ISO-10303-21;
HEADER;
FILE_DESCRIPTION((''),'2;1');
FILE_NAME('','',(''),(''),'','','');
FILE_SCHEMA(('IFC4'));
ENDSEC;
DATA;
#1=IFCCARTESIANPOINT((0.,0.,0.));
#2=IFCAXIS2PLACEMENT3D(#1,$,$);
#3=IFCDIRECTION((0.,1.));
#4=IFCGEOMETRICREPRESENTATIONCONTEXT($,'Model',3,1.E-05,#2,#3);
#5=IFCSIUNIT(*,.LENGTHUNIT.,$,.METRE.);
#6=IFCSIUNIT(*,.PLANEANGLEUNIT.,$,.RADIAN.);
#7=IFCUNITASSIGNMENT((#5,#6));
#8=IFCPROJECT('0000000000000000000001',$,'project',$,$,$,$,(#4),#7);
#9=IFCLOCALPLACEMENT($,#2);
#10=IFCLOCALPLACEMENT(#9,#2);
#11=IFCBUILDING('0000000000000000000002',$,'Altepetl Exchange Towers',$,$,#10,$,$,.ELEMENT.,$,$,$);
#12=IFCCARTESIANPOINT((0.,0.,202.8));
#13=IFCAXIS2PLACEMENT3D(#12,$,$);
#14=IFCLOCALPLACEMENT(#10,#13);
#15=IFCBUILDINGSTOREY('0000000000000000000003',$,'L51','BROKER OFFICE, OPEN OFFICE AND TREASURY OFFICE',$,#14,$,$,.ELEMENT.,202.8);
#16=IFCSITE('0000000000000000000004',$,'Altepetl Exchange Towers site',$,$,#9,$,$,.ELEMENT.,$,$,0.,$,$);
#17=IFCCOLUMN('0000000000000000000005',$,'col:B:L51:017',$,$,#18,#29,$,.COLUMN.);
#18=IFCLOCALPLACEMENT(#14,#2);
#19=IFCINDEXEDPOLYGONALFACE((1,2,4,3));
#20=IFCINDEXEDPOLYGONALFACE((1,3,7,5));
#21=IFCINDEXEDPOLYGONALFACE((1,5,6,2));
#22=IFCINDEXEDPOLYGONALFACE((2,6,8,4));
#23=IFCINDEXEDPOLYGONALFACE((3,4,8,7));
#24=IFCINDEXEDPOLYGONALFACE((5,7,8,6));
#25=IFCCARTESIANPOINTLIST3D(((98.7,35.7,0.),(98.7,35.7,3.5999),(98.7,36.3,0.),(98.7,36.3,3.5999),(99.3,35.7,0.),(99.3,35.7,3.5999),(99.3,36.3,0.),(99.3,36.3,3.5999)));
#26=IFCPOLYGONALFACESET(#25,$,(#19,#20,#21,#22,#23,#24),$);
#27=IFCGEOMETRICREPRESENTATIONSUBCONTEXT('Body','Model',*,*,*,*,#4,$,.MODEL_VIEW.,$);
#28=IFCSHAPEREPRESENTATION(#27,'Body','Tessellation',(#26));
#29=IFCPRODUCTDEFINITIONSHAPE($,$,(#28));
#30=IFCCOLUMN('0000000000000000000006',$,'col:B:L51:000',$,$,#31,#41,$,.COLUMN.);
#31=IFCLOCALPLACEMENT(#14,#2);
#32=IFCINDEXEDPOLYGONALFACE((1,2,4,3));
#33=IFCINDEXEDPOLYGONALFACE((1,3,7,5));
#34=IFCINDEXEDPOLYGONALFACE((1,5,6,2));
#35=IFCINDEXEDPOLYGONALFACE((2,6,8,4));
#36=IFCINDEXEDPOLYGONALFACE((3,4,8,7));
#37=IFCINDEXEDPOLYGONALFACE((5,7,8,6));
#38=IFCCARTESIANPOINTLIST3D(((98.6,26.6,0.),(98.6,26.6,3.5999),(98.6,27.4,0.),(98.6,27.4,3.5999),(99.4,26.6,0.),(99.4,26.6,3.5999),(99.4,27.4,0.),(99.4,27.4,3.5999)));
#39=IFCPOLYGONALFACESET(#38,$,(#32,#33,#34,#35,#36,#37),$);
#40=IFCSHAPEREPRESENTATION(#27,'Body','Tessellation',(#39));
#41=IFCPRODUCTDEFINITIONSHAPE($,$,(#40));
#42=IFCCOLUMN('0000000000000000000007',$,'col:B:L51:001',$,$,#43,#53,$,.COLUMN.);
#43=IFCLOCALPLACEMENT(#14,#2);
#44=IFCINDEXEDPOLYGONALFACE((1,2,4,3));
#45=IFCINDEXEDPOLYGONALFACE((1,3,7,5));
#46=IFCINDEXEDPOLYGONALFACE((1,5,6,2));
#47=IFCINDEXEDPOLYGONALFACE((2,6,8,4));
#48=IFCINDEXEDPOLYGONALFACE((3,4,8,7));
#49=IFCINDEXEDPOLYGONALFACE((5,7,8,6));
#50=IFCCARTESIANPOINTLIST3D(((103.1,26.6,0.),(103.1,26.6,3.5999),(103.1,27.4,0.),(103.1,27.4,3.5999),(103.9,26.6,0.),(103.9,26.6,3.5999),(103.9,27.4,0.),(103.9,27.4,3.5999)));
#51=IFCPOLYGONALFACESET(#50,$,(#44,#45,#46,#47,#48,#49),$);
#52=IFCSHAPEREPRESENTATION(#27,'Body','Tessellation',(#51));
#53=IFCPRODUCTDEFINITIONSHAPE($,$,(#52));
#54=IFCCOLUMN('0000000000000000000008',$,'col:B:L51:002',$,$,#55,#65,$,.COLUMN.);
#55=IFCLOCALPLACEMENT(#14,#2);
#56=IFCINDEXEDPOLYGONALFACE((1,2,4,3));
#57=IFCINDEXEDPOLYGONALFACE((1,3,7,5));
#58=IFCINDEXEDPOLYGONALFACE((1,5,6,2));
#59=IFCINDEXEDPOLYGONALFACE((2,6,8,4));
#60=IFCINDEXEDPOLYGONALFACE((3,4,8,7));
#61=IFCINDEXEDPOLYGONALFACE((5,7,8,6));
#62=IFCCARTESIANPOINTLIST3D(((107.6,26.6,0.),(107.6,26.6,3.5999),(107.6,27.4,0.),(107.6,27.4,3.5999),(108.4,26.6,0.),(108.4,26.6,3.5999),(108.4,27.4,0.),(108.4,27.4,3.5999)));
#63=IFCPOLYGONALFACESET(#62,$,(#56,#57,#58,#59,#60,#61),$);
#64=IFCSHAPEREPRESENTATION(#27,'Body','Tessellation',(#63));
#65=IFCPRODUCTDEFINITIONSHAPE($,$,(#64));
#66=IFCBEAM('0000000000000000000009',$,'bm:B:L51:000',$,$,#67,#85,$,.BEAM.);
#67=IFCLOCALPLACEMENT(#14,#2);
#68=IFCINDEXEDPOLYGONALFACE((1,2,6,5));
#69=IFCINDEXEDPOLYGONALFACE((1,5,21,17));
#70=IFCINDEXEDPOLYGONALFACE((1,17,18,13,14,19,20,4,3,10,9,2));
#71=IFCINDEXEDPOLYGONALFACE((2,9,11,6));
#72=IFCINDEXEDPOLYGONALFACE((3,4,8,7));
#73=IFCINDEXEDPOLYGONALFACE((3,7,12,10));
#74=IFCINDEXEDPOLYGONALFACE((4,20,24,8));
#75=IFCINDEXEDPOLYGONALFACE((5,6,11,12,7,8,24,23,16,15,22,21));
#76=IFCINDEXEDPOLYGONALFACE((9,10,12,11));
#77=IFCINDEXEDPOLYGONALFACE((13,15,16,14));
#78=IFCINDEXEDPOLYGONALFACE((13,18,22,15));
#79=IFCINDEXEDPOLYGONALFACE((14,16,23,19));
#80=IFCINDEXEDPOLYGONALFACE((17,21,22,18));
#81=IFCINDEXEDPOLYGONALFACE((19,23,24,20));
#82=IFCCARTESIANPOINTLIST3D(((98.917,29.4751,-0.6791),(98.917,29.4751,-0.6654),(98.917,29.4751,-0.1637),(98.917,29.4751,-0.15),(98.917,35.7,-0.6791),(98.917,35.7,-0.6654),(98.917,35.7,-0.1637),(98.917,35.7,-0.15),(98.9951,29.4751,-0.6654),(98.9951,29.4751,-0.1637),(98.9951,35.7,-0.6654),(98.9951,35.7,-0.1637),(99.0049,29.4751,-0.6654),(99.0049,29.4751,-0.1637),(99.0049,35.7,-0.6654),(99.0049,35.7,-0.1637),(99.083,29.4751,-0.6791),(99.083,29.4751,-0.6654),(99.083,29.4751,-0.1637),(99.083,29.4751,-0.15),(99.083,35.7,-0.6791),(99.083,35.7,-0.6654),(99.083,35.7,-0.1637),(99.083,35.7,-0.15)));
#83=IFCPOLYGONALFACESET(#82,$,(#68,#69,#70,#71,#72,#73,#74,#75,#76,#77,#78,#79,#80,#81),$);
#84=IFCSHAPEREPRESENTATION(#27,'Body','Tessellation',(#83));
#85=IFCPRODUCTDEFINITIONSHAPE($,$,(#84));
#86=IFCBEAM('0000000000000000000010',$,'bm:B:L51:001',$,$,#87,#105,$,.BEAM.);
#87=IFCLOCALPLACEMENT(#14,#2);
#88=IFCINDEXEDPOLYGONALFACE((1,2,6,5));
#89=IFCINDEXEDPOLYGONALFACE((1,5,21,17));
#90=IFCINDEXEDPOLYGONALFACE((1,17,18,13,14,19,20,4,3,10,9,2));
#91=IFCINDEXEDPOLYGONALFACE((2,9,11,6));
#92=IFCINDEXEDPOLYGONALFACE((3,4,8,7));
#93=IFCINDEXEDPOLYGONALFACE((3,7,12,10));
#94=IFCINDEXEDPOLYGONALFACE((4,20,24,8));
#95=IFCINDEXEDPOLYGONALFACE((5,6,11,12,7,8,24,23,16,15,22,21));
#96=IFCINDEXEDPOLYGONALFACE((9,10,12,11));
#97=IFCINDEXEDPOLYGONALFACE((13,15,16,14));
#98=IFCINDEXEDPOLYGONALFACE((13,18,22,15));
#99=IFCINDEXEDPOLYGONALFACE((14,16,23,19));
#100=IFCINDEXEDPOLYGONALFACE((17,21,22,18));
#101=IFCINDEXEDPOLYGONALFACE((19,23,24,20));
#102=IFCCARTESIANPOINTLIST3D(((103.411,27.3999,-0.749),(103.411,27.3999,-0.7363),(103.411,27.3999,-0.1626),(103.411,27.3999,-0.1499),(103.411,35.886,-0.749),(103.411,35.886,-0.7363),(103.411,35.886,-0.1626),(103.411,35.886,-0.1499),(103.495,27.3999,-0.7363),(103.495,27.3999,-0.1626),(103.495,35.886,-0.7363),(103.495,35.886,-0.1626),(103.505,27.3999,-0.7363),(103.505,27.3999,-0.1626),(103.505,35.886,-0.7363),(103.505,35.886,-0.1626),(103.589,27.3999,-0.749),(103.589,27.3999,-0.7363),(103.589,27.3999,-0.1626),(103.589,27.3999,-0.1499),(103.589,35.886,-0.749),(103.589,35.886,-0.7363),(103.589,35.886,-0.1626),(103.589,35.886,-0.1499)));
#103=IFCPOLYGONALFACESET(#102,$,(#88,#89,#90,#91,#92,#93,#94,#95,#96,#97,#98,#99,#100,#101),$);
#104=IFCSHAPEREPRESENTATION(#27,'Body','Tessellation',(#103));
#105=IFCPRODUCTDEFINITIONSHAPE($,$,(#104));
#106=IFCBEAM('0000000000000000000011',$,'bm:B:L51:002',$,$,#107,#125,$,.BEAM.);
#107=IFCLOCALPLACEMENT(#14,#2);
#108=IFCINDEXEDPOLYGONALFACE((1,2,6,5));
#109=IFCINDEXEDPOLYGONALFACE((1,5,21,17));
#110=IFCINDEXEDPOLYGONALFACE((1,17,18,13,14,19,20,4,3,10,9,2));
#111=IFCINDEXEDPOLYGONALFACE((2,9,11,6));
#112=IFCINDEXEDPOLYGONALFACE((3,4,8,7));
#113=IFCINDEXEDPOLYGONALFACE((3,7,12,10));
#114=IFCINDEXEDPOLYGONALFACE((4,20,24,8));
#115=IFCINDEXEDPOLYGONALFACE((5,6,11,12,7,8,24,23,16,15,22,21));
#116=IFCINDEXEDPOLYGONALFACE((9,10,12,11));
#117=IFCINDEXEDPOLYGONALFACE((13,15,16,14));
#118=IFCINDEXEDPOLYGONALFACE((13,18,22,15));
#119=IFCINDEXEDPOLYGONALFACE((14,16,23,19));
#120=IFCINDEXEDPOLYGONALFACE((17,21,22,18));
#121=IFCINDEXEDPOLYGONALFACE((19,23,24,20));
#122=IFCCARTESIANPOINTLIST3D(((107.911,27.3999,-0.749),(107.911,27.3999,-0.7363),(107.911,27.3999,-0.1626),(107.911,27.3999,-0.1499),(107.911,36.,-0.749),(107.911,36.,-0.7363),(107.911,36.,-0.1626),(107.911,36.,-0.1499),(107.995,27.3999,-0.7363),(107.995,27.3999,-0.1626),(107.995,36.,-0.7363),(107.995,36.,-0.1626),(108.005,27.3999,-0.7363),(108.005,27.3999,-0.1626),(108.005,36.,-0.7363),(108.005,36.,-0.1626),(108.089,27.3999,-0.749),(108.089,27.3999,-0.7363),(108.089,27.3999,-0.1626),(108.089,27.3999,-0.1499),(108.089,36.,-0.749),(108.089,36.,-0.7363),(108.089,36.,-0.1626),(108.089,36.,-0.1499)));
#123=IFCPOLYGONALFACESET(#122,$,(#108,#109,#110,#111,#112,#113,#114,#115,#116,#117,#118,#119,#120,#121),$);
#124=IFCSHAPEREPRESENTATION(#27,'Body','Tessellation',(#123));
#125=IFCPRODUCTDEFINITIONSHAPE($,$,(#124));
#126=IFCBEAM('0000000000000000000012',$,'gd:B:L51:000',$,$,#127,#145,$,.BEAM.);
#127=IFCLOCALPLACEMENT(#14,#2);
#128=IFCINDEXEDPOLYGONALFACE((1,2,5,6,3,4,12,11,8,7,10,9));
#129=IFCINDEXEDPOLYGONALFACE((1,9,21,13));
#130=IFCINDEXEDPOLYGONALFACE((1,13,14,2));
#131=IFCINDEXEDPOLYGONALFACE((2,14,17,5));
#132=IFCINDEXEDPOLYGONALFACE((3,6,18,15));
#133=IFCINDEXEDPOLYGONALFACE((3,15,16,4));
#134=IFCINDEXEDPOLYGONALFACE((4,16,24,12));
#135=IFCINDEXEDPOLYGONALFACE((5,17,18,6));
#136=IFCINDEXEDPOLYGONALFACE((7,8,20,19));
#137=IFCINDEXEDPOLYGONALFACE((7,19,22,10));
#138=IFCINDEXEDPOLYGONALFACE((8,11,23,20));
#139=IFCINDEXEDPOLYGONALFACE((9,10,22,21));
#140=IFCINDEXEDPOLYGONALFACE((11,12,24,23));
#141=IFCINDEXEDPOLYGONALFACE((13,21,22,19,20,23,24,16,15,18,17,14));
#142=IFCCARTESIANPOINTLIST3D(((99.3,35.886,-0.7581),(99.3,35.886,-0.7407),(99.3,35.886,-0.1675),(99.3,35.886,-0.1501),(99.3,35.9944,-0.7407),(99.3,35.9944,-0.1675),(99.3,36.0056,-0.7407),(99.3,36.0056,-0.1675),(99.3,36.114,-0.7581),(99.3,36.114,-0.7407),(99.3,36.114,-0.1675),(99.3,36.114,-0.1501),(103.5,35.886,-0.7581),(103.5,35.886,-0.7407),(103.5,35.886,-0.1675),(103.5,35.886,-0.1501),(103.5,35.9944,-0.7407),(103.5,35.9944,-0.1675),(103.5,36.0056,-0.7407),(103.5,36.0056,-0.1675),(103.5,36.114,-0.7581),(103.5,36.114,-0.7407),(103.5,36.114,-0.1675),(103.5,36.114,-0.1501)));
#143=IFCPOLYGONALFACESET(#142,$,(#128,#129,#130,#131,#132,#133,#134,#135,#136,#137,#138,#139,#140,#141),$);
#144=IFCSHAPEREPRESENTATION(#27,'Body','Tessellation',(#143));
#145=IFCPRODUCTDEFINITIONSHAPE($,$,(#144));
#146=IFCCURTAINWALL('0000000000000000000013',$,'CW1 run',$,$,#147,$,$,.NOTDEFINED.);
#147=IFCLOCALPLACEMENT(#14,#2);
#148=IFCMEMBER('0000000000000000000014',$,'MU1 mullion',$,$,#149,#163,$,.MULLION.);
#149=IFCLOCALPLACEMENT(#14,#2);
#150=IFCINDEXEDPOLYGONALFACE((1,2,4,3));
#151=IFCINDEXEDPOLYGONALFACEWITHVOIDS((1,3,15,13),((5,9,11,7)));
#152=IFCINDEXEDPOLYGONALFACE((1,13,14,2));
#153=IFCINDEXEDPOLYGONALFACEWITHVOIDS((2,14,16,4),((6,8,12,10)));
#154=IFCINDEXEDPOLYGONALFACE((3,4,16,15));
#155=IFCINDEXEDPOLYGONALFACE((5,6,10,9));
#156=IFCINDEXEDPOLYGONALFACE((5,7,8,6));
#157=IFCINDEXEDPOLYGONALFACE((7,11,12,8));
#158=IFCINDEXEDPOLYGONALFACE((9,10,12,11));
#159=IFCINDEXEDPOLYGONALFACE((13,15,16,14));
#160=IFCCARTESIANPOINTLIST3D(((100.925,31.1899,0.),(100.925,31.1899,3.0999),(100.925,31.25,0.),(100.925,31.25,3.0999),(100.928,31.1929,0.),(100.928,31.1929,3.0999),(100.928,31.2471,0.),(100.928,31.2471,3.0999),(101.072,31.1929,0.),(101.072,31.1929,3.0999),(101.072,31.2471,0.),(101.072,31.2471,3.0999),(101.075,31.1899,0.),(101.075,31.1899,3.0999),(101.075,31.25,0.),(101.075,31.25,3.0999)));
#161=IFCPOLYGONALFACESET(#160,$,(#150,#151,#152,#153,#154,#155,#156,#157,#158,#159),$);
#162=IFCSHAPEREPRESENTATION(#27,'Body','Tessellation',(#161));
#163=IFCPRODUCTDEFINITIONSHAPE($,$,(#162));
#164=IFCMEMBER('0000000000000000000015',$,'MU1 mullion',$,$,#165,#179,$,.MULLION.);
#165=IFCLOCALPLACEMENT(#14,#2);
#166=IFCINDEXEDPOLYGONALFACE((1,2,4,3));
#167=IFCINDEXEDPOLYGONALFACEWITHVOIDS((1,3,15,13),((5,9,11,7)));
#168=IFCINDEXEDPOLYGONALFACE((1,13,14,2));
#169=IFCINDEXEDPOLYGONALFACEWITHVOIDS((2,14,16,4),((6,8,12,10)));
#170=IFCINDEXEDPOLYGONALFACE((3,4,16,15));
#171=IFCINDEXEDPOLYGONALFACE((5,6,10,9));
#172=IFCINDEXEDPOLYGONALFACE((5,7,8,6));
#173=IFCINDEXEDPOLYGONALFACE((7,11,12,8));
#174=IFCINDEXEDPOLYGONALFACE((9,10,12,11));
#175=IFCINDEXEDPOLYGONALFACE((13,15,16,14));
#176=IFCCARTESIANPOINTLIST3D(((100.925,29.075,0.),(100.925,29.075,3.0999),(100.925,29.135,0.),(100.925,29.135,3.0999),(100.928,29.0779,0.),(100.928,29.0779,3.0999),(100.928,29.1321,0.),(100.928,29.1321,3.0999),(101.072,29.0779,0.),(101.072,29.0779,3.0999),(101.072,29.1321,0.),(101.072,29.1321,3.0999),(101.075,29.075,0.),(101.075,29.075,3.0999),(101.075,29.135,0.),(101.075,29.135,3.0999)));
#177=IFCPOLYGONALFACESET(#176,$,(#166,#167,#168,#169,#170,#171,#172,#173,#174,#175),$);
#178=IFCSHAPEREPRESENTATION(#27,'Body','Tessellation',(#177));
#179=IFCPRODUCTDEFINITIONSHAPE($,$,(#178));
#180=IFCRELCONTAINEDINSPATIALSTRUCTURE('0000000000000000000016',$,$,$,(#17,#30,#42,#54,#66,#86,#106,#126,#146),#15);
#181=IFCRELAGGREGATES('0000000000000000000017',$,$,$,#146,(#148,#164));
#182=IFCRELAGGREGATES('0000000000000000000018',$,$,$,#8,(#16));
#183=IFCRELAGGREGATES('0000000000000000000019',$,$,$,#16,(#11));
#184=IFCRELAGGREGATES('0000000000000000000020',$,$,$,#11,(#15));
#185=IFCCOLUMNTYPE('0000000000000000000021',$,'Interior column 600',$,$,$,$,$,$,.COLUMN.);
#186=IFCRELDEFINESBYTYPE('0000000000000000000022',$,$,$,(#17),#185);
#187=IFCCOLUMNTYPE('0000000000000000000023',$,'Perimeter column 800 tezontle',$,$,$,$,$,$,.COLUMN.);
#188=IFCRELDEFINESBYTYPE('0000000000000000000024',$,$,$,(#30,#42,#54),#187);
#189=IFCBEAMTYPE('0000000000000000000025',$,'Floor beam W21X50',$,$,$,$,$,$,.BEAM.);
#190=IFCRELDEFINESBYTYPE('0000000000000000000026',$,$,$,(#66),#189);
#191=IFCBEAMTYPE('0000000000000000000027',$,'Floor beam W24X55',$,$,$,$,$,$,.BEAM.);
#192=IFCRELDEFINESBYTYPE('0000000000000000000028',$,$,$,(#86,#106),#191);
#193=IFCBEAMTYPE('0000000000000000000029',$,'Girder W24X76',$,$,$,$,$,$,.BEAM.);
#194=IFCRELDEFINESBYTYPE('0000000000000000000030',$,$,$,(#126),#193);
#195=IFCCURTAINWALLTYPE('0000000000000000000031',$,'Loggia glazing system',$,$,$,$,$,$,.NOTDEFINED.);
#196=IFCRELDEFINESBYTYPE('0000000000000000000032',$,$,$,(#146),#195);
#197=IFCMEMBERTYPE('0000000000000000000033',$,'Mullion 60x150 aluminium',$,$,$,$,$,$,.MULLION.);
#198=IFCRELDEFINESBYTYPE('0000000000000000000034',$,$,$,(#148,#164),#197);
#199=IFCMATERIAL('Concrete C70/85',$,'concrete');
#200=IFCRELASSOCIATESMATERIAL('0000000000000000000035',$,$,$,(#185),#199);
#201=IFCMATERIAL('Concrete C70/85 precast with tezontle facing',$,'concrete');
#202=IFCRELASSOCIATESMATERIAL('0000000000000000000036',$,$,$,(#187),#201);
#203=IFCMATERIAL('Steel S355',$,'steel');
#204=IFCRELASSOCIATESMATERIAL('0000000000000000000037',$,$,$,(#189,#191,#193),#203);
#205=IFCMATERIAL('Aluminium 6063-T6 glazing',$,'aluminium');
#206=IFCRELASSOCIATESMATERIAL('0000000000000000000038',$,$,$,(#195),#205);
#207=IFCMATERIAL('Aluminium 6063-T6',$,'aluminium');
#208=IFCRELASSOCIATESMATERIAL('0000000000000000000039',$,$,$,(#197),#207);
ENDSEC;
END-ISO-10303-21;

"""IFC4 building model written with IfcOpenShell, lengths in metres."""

from ifc_helpers import new_model, si_unit, direction, frame, origin, origin_2d, place, context, subcontext, project, spatial, rectangle, hollow_rectangle, i_section, extrude, material, material_profile, profile_set, type_object, element, aggregate, save


model = new_model("IFC4")

# Units and contexts
model_context = context("Model", 3, precision=1e-05, world=origin(), true_north=direction((0.0, 1.0)))
body_context = subcontext(model_context, "Body", "Model", "MODEL_VIEW")
ifc_project = project(units=[si_unit("LENGTHUNIT", "METRE"), si_unit("PLANEANGLEUNIT", "RADIAN")], contexts=[model_context])

# Site, building, storey
site_placement = place(None, origin())
site = spatial("IfcSite", under=ifc_project, at=site_placement, Name="Altepetl Exchange Towers site", CompositionType="ELEMENT", RefElevation=0.0)
building_placement = place(site_placement, origin())
building = spatial("IfcBuilding", under=site, at=building_placement, Name="Altepetl Exchange Towers", CompositionType="ELEMENT")
storey_placement = place(building_placement, frame((0.0, 0.0, 202.8)))
storey = spatial("IfcBuildingStorey", under=building, at=storey_placement, Name="L51", Description="BROKER OFFICE, OPEN OFFICE AND TREASURY OFFICE", CompositionType="ELEMENT", Elevation=202.8)

# Columns
ifc_material_1 = material(Name="Concrete C70/85", Category="concrete")
ifc_material_profile_1 = material_profile(ifc_material_1, rectangle(XDim=0.6001, YDim=0.6001, at=origin_2d()), Name="600 x 600")
ifc_profile_set_1 = profile_set([ifc_material_profile_1], Name="Concrete C70/85")
column_type_1 = type_object("IfcColumnType", Name="Interior column 600", PredefinedType="COLUMN", material=ifc_profile_set_1)
column_placement = place(storey_placement, frame((99.0, 36.0, 0.0)))
element("IfcColumn", 1, at=column_placement, inside=storey, type_object=column_type_1, Name="col:B:L51:017", PredefinedType="COLUMN", context=body_context, shape_type="SweptSolid", body=[
    extrude(rectangle(XDim=0.6001, YDim=0.6001, at=origin_2d()), origin(), (0.0, 0.0, 1.0), 3.5999),
])
ifc_material_2 = material(Name="Concrete C70/85 precast with tezontle facing", Category="concrete")
ifc_material_profile_2 = material_profile(ifc_material_2, rectangle(XDim=0.8, YDim=0.8, at=origin_2d()), Name="800 x 800")
ifc_profile_set_2 = profile_set([ifc_material_profile_2], Name="Concrete C70/85 precast with tezontle facing")
column_type_2 = type_object("IfcColumnType", Name="Perimeter column 800 tezontle", PredefinedType="COLUMN", material=ifc_profile_set_2)
for number, where, name in (
    (2, (99.0, 27.0, 0.0), "col:B:L51:000"),
    (3, (103.5, 27.0, 0.0), "col:B:L51:001"),
    (4, (108.0, 27.0, 0.0), "col:B:L51:002"),
):
    element("IfcColumn", number, at=place(storey_placement, frame(where)), inside=storey, type_object=column_type_2, Name=name, PredefinedType="COLUMN", context=body_context, shape_type="SweptSolid", body=[
        extrude(rectangle(XDim=0.8, YDim=0.8, at=origin_2d()), origin(), (0.0, 0.0, 1.0), 3.5999),
    ])

# Beams
ifc_material_3 = material(Name="Steel S355", Category="steel")
ifc_material_profile_3 = material_profile(ifc_material_3, i_section(OverallWidth=0.166, OverallDepth=0.5291, WebThickness=0.0098, FlangeThickness=0.0137, at=origin_2d()), Name="W21X50")
ifc_profile_set_3 = profile_set([ifc_material_profile_3], Name="Steel S355")
beam_type_1 = type_object("IfcBeamType", Name="Floor beam W21X50", PredefinedType="BEAM", material=ifc_profile_set_3)
beam_1_placement = place(storey_placement, frame((99.0, 29.4751, -0.4146), z_axis=(0.0, 1.0, 0.0), x_axis=(-1.0, 0.0, 0.0)))
element("IfcBeam", 5, at=beam_1_placement, inside=storey, type_object=beam_type_1, Name="bm:B:L51:000", PredefinedType="BEAM", context=body_context, shape_type="SweptSolid", body=[
    extrude(i_section(OverallWidth=0.166, OverallDepth=0.5291, WebThickness=0.0098, FlangeThickness=0.0137, at=origin_2d()), origin(), (0.0, 0.0, 1.0), 6.2249),
])
ifc_material_profile_4 = material_profile(ifc_material_3, i_section(OverallWidth=0.178, OverallDepth=0.5991, WebThickness=0.01, FlangeThickness=0.0127, at=origin_2d()), Name="W24X55")
ifc_profile_set_4 = profile_set([ifc_material_profile_4], Name="Steel S355")
beam_type_2 = type_object("IfcBeamType", Name="Floor beam W24X55", PredefinedType="BEAM", material=ifc_profile_set_4)
beam_2_placement = place(storey_placement, frame((103.5, 27.3999, -0.4495), z_axis=(0.0, 1.0, 0.0), x_axis=(-1.0, 0.0, 0.0)))
element("IfcBeam", 6, at=beam_2_placement, inside=storey, type_object=beam_type_2, Name="bm:B:L51:001", PredefinedType="BEAM", context=body_context, shape_type="SweptSolid", body=[
    extrude(i_section(OverallWidth=0.178, OverallDepth=0.5991, WebThickness=0.01, FlangeThickness=0.0127, at=origin_2d()), origin(), (0.0, 0.0, 1.0), 8.4861),
])
beam_3_placement = place(storey_placement, frame((108.0, 27.3999, -0.4495), z_axis=(0.0, 1.0, 0.0), x_axis=(-1.0, 0.0, 0.0)))
element("IfcBeam", 7, at=beam_3_placement, inside=storey, type_object=beam_type_2, Name="bm:B:L51:002", PredefinedType="BEAM", context=body_context, shape_type="SweptSolid", body=[
    extrude(i_section(OverallWidth=0.178, OverallDepth=0.5991, WebThickness=0.01, FlangeThickness=0.0127, at=origin_2d()), origin(), (0.0, 0.0, 1.0), 8.6001),
])
ifc_material_profile_5 = material_profile(ifc_material_3, i_section(OverallWidth=0.228, OverallDepth=0.6079, WebThickness=0.0112, FlangeThickness=0.0173, at=origin_2d()), Name="W24X76")
ifc_profile_set_5 = profile_set([ifc_material_profile_5], Name="Steel S355")
beam_type_3 = type_object("IfcBeamType", Name="Girder W24X76", PredefinedType="BEAM", material=ifc_profile_set_5)
beam_4_placement = place(storey_placement, frame((103.5, 36.0, -0.4541), z_axis=(-1.0, 0.0, 0.0), x_axis=(0.0, -1.0, 0.0)))
element("IfcBeam", 8, at=beam_4_placement, inside=storey, type_object=beam_type_3, Name="gd:B:L51:000", PredefinedType="BEAM", context=body_context, shape_type="SweptSolid", body=[
    extrude(i_section(OverallWidth=0.228, OverallDepth=0.6079, WebThickness=0.0112, FlangeThickness=0.0173, at=origin_2d()), origin(), (0.0, 0.0, 1.0), 4.2),
])

# Curtain wall, members
ifc_material_4 = material(Name="Aluminium 6063-T6 glazing", Category="aluminium")
curtain_wall_type = type_object("IfcCurtainWallType", Name="Loggia glazing system", PredefinedType="NOTDEFINED", material=ifc_material_4)
curtain_wall_1_placement = place(storey_placement, origin())
curtain_wall_1 = element("IfcCurtainWall", 9, at=curtain_wall_1_placement, inside=storey, type_object=curtain_wall_type, Name="CW1 run", PredefinedType="NOTDEFINED")
ifc_material_5 = material(Name="Aluminium 6063-T6", Category="aluminium")
ifc_material_profile_6 = material_profile(ifc_material_5, hollow_rectangle(XDim=0.0601, YDim=0.1499, WallThickness=0.0029, at=origin_2d()), Name="Mullion 60x150 aluminium")
ifc_profile_set_6 = profile_set([ifc_material_profile_6], Name="Aluminium 6063-T6")
member_type = type_object("IfcMemberType", Name="Mullion 60x150 aluminium", PredefinedType="MULLION", material=ifc_profile_set_6)
member_1_placement = place(storey_placement, frame((101.0, 31.22, 0.0), z_axis=(0.0, 0.0, 1.0), x_axis=(0.0, -1.0, 0.0)))
member_1 = element("IfcMember", 10, at=member_1_placement, type_object=member_type, Name="MU1 mullion", PredefinedType="MULLION", context=body_context, shape_type="SweptSolid", body=[
    extrude(hollow_rectangle(XDim=0.0601, YDim=0.1499, WallThickness=0.0029, at=origin_2d()), origin(), (0.0, 0.0, 1.0), 3.0999),
])
member_2_placement = place(storey_placement, frame((101.0, 29.105, 0.0), z_axis=(0.0, 0.0, 1.0), x_axis=(0.0, -1.0, 0.0)))
member_2 = element("IfcMember", 11, at=member_2_placement, type_object=member_type, Name="MU1 mullion", PredefinedType="MULLION", context=body_context, shape_type="SweptSolid", body=[
    extrude(hollow_rectangle(XDim=0.0601, YDim=0.1499, WallThickness=0.0029, at=origin_2d()), origin(), (0.0, 0.0, 1.0), 3.0999),
])

aggregate(curtain_wall_1, [member_1, member_2])

save(model, "model.ifc")
